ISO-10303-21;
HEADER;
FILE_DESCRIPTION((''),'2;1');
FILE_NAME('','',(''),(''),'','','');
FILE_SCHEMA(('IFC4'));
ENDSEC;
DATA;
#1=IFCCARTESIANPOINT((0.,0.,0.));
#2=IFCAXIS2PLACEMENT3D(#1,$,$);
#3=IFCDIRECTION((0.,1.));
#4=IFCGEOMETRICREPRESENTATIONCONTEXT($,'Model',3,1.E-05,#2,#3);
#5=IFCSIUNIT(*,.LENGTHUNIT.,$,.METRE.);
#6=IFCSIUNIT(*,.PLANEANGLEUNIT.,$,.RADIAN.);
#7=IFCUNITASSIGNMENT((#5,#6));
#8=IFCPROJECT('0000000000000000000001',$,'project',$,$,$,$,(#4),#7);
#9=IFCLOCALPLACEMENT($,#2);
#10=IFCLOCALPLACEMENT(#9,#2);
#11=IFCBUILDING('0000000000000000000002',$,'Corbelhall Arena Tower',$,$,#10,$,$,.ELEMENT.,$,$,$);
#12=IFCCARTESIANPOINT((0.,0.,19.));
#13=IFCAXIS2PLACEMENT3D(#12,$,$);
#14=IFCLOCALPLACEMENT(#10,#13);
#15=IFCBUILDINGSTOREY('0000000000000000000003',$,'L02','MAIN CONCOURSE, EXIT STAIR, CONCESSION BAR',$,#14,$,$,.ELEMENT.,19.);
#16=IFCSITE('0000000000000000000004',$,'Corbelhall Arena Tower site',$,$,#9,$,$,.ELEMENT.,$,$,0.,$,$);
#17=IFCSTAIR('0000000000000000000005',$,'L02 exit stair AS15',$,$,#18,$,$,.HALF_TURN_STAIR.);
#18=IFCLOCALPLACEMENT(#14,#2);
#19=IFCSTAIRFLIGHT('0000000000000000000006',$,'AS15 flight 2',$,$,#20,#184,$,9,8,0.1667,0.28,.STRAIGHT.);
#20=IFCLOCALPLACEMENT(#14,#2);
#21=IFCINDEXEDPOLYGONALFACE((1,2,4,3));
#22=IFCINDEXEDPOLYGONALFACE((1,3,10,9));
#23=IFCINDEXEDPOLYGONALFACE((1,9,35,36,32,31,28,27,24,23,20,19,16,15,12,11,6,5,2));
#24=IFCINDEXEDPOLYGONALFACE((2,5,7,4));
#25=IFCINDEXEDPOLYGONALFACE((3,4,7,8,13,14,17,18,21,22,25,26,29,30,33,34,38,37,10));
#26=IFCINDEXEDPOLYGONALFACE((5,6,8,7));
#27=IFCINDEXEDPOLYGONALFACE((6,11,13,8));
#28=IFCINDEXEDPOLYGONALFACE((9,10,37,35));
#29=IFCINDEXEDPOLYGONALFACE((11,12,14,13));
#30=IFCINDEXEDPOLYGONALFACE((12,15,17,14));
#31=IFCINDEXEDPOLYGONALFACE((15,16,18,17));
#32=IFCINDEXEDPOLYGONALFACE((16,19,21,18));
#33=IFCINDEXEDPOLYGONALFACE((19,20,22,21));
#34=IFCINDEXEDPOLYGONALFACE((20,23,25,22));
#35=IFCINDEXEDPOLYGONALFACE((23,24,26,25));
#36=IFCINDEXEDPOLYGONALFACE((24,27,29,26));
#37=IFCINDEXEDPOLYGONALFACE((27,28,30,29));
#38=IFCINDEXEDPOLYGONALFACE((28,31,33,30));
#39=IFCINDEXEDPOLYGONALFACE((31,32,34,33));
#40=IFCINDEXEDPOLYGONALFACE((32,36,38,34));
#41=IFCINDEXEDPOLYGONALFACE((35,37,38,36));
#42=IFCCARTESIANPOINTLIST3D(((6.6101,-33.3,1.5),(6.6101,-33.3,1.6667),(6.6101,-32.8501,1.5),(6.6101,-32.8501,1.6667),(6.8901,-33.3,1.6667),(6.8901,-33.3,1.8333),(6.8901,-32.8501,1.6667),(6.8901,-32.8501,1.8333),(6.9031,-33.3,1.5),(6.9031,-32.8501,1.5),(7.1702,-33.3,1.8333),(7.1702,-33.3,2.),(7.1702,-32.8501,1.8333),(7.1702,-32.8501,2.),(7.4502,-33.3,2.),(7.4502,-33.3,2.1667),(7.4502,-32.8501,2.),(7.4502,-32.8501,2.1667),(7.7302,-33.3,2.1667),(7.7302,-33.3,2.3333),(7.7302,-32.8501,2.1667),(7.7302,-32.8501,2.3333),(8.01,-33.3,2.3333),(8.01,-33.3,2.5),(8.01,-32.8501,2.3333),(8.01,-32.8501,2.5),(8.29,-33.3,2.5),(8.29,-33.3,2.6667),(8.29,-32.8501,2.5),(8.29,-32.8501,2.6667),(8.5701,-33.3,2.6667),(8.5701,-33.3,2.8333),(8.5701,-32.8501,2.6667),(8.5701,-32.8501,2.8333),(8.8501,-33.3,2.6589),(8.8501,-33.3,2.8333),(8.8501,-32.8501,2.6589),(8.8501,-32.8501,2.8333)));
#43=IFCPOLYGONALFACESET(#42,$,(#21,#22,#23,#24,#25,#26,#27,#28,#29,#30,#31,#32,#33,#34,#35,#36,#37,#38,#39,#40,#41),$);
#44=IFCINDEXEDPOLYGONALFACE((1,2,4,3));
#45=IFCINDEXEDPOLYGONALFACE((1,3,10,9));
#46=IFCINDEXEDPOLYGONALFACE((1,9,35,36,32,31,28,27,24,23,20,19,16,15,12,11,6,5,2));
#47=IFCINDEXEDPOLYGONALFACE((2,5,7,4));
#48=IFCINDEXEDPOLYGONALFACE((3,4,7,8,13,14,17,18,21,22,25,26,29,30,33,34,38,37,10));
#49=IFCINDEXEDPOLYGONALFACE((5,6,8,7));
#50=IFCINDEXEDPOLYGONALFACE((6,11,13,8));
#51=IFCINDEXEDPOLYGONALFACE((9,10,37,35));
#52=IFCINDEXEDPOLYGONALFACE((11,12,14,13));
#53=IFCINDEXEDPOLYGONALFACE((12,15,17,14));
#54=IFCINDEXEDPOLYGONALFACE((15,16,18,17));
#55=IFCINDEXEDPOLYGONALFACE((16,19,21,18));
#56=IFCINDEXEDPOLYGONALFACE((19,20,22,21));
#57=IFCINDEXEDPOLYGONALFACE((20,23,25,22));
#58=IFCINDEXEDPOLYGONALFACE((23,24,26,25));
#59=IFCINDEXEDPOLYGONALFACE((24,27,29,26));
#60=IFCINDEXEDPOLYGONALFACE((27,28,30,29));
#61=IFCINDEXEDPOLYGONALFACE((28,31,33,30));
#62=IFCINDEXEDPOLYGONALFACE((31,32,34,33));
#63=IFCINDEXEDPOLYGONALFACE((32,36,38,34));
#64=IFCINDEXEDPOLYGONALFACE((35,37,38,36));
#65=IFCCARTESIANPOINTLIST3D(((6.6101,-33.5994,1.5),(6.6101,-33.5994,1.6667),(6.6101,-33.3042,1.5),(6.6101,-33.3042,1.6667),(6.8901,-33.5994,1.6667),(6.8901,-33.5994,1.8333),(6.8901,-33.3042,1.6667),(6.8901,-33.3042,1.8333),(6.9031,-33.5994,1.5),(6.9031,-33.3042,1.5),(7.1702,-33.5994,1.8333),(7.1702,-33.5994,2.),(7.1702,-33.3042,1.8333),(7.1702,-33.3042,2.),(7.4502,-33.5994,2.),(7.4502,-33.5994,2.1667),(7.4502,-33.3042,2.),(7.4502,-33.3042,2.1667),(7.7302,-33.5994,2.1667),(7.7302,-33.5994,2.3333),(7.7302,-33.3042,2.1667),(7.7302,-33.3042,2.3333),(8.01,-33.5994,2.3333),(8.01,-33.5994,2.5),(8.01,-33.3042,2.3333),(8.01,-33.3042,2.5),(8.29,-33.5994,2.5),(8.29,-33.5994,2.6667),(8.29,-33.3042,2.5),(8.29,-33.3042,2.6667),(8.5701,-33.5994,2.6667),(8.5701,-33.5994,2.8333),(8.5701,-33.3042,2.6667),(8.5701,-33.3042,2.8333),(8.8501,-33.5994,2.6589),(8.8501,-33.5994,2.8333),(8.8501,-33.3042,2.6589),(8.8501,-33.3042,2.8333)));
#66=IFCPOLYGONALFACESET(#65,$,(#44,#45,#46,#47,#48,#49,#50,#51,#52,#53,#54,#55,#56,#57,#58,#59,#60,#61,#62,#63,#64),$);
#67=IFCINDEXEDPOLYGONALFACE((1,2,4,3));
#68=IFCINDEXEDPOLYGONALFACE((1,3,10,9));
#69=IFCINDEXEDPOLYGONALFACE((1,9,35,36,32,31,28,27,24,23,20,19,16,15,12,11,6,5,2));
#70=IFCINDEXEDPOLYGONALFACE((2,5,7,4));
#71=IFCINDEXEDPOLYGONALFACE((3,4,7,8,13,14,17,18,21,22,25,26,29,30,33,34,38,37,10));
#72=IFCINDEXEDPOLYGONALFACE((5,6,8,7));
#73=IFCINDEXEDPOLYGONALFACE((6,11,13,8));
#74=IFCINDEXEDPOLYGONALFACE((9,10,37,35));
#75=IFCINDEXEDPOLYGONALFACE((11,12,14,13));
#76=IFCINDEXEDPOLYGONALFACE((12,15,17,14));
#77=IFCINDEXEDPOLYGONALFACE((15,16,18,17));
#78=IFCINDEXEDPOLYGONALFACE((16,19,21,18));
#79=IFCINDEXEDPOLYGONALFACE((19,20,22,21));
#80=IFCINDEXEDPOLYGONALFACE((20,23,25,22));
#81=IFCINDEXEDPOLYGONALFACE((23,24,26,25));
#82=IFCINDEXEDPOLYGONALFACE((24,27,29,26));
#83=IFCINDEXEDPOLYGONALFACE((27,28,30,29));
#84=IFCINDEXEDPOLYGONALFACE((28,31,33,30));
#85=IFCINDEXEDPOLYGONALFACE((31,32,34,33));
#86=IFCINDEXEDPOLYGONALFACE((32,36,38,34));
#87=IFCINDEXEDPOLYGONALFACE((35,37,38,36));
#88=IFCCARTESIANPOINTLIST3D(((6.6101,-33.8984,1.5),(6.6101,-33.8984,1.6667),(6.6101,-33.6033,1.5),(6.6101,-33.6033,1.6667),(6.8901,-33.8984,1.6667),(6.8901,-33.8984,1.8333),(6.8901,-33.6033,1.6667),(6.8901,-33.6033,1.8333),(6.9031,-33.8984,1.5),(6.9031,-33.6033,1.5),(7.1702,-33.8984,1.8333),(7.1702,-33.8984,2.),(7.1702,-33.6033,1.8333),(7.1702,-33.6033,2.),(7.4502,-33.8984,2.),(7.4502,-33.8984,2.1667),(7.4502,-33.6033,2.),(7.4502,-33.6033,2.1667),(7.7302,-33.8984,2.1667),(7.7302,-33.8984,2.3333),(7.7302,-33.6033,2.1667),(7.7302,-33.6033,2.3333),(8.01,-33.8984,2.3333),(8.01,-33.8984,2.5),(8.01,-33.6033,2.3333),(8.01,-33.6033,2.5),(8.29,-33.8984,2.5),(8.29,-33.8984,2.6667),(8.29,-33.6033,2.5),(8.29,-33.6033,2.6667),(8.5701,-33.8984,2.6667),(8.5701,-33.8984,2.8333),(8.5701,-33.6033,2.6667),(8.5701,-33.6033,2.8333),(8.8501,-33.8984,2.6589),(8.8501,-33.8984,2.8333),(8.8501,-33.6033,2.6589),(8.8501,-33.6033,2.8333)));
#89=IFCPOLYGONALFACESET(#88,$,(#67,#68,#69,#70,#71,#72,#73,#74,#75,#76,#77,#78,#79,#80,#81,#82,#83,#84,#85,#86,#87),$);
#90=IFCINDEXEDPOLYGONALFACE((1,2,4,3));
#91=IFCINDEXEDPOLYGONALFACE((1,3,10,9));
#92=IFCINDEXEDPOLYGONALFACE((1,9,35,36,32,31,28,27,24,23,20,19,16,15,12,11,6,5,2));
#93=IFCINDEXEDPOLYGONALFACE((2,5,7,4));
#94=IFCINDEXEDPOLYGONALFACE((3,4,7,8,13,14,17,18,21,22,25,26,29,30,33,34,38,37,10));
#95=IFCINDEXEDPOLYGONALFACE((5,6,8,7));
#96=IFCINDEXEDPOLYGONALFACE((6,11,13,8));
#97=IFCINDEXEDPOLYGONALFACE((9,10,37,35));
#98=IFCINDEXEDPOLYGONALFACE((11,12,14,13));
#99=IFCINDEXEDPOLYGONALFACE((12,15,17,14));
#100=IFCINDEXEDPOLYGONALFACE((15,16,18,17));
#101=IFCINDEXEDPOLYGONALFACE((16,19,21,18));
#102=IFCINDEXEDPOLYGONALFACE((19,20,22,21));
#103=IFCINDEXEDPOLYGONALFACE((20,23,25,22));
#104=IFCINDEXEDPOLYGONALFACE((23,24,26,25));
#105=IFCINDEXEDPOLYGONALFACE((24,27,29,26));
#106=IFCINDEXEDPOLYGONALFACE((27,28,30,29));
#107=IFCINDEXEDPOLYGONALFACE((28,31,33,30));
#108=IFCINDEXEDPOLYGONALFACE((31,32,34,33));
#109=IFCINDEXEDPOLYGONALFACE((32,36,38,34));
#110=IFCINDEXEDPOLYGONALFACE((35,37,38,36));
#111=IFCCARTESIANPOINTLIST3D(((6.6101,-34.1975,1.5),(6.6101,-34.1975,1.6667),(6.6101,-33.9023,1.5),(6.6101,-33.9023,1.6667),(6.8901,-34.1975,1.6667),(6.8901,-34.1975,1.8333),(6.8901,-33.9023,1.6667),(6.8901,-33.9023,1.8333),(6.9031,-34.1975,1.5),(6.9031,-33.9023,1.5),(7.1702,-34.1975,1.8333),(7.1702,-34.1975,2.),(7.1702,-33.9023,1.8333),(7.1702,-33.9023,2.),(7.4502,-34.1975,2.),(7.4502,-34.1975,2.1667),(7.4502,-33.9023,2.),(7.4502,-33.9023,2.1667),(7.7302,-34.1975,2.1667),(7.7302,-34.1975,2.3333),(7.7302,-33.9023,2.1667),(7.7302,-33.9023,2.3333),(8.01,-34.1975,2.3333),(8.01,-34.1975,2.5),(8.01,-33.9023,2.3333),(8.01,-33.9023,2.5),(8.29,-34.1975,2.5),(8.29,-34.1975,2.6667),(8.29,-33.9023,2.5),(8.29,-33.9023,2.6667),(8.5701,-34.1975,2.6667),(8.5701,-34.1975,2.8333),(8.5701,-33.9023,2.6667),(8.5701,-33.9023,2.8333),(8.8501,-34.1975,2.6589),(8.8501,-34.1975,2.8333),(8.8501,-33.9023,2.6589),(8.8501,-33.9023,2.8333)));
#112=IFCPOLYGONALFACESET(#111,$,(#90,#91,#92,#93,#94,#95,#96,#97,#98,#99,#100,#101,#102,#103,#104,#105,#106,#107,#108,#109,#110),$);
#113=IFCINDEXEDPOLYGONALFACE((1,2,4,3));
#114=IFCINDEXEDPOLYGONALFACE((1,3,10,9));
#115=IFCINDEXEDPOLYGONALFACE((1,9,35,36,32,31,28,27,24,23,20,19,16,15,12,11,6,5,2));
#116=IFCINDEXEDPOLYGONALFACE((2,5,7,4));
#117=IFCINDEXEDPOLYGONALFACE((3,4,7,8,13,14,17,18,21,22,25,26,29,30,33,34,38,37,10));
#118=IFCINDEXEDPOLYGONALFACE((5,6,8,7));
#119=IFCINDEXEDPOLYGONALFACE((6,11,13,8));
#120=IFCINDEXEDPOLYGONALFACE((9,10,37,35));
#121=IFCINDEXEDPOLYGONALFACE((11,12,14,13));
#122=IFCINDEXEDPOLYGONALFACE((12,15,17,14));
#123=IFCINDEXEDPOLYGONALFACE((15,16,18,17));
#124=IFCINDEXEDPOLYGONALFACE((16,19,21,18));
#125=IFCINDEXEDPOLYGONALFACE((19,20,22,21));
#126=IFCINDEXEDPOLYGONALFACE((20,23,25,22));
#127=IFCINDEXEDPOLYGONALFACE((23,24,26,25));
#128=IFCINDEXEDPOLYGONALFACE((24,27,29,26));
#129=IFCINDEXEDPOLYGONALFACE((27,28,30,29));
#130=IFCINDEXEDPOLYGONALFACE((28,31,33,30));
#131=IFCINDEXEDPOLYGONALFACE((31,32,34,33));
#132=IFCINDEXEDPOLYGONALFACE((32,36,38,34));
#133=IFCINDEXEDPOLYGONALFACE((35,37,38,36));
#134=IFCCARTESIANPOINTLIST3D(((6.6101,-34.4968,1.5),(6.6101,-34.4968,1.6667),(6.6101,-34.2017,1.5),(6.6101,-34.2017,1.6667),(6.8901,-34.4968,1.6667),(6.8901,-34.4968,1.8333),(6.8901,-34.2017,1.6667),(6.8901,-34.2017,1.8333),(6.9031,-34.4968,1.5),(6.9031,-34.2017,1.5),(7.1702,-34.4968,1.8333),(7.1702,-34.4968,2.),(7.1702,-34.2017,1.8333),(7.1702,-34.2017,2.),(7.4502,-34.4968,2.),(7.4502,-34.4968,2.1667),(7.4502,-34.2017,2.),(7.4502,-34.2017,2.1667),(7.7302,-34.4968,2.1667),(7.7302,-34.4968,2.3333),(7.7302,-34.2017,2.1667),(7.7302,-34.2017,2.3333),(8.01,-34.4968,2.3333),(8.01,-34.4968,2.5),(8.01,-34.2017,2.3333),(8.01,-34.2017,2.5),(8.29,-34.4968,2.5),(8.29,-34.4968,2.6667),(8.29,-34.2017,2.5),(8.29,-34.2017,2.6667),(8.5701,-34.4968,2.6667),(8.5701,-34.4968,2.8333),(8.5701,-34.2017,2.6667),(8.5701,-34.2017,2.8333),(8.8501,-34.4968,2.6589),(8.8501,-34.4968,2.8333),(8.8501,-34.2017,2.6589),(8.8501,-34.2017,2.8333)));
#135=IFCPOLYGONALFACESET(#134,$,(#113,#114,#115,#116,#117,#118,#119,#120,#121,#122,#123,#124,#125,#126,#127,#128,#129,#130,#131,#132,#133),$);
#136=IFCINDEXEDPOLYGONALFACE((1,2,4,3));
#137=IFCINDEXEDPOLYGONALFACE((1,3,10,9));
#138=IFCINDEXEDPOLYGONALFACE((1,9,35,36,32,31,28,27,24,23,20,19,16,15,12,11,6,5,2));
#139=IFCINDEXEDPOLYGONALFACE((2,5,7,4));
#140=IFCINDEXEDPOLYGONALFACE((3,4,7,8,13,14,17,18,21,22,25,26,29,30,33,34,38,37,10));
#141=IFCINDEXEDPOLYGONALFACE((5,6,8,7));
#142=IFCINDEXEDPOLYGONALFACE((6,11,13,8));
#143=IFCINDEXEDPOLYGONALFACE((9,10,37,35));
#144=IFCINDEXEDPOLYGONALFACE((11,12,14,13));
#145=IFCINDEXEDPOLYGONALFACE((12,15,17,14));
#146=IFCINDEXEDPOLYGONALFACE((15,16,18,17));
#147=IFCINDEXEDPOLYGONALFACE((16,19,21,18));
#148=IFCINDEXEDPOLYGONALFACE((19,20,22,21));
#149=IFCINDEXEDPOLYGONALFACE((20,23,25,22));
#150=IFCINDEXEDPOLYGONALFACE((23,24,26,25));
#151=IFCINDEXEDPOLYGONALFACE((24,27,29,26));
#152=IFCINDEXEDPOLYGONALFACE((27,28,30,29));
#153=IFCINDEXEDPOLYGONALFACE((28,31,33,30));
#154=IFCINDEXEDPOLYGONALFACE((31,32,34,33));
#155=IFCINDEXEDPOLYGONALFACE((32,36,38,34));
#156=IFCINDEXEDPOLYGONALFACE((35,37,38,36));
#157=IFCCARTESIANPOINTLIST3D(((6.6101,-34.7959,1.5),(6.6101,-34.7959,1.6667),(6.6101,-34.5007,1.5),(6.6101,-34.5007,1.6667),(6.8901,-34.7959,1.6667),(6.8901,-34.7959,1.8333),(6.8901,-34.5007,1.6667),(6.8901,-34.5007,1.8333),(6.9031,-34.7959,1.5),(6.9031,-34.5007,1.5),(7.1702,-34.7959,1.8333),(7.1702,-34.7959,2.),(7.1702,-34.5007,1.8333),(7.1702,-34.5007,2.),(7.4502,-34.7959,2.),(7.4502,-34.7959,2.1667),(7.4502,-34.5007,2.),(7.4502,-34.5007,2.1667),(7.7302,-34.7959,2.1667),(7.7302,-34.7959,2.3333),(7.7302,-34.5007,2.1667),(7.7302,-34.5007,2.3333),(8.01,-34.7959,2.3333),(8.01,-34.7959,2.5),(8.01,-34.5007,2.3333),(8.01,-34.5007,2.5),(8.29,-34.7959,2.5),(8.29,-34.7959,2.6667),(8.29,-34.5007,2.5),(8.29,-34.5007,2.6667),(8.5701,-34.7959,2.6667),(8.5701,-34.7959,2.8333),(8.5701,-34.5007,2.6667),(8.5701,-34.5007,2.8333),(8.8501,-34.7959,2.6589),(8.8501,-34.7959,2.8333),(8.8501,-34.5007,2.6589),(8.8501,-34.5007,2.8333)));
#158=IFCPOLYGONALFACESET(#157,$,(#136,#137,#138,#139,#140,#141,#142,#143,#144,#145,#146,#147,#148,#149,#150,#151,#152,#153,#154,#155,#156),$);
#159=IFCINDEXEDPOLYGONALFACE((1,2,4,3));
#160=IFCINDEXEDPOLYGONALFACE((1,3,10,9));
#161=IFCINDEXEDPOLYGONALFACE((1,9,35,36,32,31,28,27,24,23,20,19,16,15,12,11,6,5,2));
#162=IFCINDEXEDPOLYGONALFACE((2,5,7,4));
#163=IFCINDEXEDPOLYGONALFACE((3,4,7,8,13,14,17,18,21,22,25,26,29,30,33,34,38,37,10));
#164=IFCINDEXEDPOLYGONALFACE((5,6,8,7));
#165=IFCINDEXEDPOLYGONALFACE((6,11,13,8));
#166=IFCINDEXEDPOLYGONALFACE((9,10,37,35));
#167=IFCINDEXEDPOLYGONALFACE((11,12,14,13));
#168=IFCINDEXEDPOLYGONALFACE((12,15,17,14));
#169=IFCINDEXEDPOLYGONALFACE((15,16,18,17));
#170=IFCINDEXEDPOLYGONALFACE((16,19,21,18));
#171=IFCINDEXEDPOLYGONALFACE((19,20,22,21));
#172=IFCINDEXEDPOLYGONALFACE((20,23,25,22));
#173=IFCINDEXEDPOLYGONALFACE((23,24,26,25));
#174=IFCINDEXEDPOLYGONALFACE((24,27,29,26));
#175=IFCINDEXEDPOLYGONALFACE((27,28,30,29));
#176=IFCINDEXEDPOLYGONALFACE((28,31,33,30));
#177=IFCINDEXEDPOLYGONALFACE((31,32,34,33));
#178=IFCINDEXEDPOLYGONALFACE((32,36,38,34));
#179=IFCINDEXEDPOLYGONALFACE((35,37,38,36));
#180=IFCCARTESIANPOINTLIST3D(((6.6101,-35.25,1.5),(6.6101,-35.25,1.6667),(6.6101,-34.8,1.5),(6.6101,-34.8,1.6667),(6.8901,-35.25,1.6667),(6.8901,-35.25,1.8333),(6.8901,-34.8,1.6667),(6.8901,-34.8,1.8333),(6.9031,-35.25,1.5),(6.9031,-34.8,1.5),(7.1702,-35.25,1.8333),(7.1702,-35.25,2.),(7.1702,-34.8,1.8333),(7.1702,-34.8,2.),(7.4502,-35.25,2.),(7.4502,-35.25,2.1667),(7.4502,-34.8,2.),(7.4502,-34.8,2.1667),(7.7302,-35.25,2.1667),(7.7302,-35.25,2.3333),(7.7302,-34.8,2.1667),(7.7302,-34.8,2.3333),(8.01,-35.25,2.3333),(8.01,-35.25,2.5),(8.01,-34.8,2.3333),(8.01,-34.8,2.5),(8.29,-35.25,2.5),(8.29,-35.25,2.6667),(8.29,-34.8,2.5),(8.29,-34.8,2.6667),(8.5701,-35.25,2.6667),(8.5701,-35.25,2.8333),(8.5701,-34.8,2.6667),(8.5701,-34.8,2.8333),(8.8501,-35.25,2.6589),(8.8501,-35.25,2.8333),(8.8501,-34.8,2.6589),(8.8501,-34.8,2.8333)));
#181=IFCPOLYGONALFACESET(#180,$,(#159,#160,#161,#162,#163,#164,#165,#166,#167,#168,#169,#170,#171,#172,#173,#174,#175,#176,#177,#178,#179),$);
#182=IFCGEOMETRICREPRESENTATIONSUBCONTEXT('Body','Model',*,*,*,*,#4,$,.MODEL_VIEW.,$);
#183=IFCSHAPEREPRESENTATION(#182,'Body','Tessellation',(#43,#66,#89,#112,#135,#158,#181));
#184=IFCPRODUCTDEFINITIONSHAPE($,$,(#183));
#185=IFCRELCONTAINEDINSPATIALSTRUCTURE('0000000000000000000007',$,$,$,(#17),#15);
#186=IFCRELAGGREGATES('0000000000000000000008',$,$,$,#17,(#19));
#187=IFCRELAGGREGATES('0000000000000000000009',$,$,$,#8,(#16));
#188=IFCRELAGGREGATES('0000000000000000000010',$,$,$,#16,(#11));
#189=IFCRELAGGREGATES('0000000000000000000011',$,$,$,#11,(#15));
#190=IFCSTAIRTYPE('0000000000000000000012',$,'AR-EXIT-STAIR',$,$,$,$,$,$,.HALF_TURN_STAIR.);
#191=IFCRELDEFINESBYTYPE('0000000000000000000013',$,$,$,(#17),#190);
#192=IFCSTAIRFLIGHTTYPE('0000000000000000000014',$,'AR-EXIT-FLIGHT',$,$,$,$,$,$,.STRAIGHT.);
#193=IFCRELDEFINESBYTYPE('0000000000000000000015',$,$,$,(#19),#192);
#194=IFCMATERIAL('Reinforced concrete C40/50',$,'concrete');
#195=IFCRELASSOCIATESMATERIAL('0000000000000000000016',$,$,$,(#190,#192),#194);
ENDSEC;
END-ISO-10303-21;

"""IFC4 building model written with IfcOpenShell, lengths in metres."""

from ifc_helpers import new_model, si_unit, direction, frame, origin, place, context, subcontext, project, spatial, polyline, outline, extrude, material, type_object, element, aggregate, save


model = new_model("IFC4")

# Units and contexts
model_context = context("Model", 3, precision=1e-05, world=origin(), true_north=direction((0.0, 1.0)))
body_context = subcontext(model_context, "Body", "Model", "MODEL_VIEW")
ifc_project = project(units=[si_unit("LENGTHUNIT", "METRE"), si_unit("PLANEANGLEUNIT", "RADIAN")], contexts=[model_context])

# Site, building, storey
site_placement = place(None, origin())
site = spatial("IfcSite", under=ifc_project, at=site_placement, Name="Corbelhall Arena Tower site", CompositionType="ELEMENT", RefElevation=0.0)
building_placement = place(site_placement, origin())
building = spatial("IfcBuilding", under=site, at=building_placement, Name="Corbelhall Arena Tower", CompositionType="ELEMENT")
storey_placement = place(building_placement, frame((0.0, 0.0, 19.0)))
storey = spatial("IfcBuildingStorey", under=building, at=storey_placement, Name="L02", Description="MAIN CONCOURSE, EXIT STAIR, CONCESSION BAR", CompositionType="ELEMENT", Elevation=19.0)

# Shared definitions
ifc_material_1 = material(Name="Reinforced concrete C40/50", Category="concrete")

# Stair, stair flight
stair_type = type_object("IfcStairType", Name="AR-EXIT-STAIR", PredefinedType="HALF_TURN_STAIR", material=ifc_material_1)
stair_1_placement = place(storey_placement, origin())
stair_1 = element("IfcStair", 1, at=stair_1_placement, inside=storey, type_object=stair_type, Name="L02 exit stair AS15", PredefinedType="HALF_TURN_STAIR")
stair_flight_type = type_object("IfcStairFlightType", Name="AR-EXIT-FLIGHT", PredefinedType="STRAIGHT", material=ifc_material_1)
stair_flight_1_placement = place(storey_placement, frame((6.6101, -34.05, 1.5), z_axis=(0.0, 0.0, 1.0), x_axis=(1.0, 0.0, 0.0)))
stair_flight_1 = element("IfcStairFlight", 2, at=stair_flight_1_placement, type_object=stair_flight_type, Name="AS15 flight 2", NumberOfRisers=9, NumberOfTreads=8, PredefinedType="STRAIGHT", RiserHeight=0.1667, TreadLength=0.28, context=body_context, shape_type="SweptSolid", body=[
    extrude(outline(polyline([(0.0, 0.0), (0.0, 0.1667), (0.28, 0.1667), (0.28, 0.3333), (0.5601, 0.3333), (0.5601, 0.5), (0.8401, 0.5), (0.8401, 0.6667), (1.1201, 0.6667), (1.1201, 0.8333), (1.3999, 0.8333), (1.3999, 1.0), (1.6799, 1.0), (1.6799, 1.1667), (1.96, 1.1667), (1.96, 1.3333), (2.24, 1.3333), (2.24, 1.5), (2.24, 1.1589), (0.293, 0.0), (0.0, 0.0)])), frame((0.0, 1.2, 0.0), z_axis=(0.0, -1.0, 0.0), x_axis=(1.0, 0.0, 0.0)), (0.0, 0.0, 1.0), 0.45),
    extrude(outline(polyline([(0.0, 0.0), (0.0, 0.1667), (0.28, 0.1667), (0.28, 0.3333), (0.5601, 0.3333), (0.5601, 0.5), (0.8401, 0.5), (0.8401, 0.6667), (1.1201, 0.6667), (1.1201, 0.8333), (1.3999, 0.8333), (1.3999, 1.0), (1.6799, 1.0), (1.6799, 1.1667), (1.96, 1.1667), (1.96, 1.3333), (2.24, 1.3333), (2.24, 1.5), (2.24, 1.1589), (0.293, 0.0), (0.0, 0.0)])), frame((0.0, 0.7458, 0.0), z_axis=(0.0, -1.0, 0.0), x_axis=(1.0, 0.0, 0.0)), (0.0, 0.0, 1.0), 0.2952),
    extrude(outline(polyline([(0.0, 0.0), (0.0, 0.1667), (0.28, 0.1667), (0.28, 0.3333), (0.5601, 0.3333), (0.5601, 0.5), (0.8401, 0.5), (0.8401, 0.6667), (1.1201, 0.6667), (1.1201, 0.8333), (1.3999, 0.8333), (1.3999, 1.0), (1.6799, 1.0), (1.6799, 1.1667), (1.96, 1.1667), (1.96, 1.3333), (2.24, 1.3333), (2.24, 1.5), (2.24, 1.1589), (0.293, 0.0), (0.0, 0.0)])), frame((0.0, 0.4468, 0.0), z_axis=(0.0, -1.0, 0.0), x_axis=(1.0, 0.0, 0.0)), (0.0, 0.0, 1.0), 0.2952),
    extrude(outline(polyline([(0.0, 0.0), (0.0, 0.1667), (0.28, 0.1667), (0.28, 0.3333), (0.5601, 0.3333), (0.5601, 0.5), (0.8401, 0.5), (0.8401, 0.6667), (1.1201, 0.6667), (1.1201, 0.8333), (1.3999, 0.8333), (1.3999, 1.0), (1.6799, 1.0), (1.6799, 1.1667), (1.96, 1.1667), (1.96, 1.3333), (2.24, 1.3333), (2.24, 1.5), (2.24, 1.1589), (0.293, 0.0), (0.0, 0.0)])), frame((0.0, 0.1477, 0.0), z_axis=(0.0, -1.0, 0.0), x_axis=(1.0, 0.0, 0.0)), (0.0, 0.0, 1.0), 0.2952),
    extrude(outline(polyline([(0.0, 0.0), (0.0, 0.1667), (0.28, 0.1667), (0.28, 0.3333), (0.5601, 0.3333), (0.5601, 0.5), (0.8401, 0.5), (0.8401, 0.6667), (1.1201, 0.6667), (1.1201, 0.8333), (1.3999, 0.8333), (1.3999, 1.0), (1.6799, 1.0), (1.6799, 1.1667), (1.96, 1.1667), (1.96, 1.3333), (2.24, 1.3333), (2.24, 1.5), (2.24, 1.1589), (0.293, 0.0), (0.0, 0.0)])), frame((0.0, -0.1516, 0.0), z_axis=(0.0, -1.0, 0.0), x_axis=(1.0, 0.0, 0.0)), (0.0, 0.0, 1.0), 0.2952),
    extrude(outline(polyline([(0.0, 0.0), (0.0, 0.1667), (0.28, 0.1667), (0.28, 0.3333), (0.5601, 0.3333), (0.5601, 0.5), (0.8401, 0.5), (0.8401, 0.6667), (1.1201, 0.6667), (1.1201, 0.8333), (1.3999, 0.8333), (1.3999, 1.0), (1.6799, 1.0), (1.6799, 1.1667), (1.96, 1.1667), (1.96, 1.3333), (2.24, 1.3333), (2.24, 1.5), (2.24, 1.1589), (0.293, 0.0), (0.0, 0.0)])), frame((0.0, -0.4507, 0.0), z_axis=(0.0, -1.0, 0.0), x_axis=(1.0, 0.0, 0.0)), (0.0, 0.0, 1.0), 0.2952),
    extrude(outline(polyline([(0.0, 0.0), (0.0, 0.1667), (0.28, 0.1667), (0.28, 0.3333), (0.5601, 0.3333), (0.5601, 0.5), (0.8401, 0.5), (0.8401, 0.6667), (1.1201, 0.6667), (1.1201, 0.8333), (1.3999, 0.8333), (1.3999, 1.0), (1.6799, 1.0), (1.6799, 1.1667), (1.96, 1.1667), (1.96, 1.3333), (2.24, 1.3333), (2.24, 1.5), (2.24, 1.1589), (0.293, 0.0), (0.0, 0.0)])), frame((0.0, -0.75, 0.0), z_axis=(0.0, -1.0, 0.0), x_axis=(1.0, 0.0, 0.0)), (0.0, 0.0, 1.0), 0.45),
])
aggregate(stair_1, [stair_flight_1])

save(model, "model.ifc")
